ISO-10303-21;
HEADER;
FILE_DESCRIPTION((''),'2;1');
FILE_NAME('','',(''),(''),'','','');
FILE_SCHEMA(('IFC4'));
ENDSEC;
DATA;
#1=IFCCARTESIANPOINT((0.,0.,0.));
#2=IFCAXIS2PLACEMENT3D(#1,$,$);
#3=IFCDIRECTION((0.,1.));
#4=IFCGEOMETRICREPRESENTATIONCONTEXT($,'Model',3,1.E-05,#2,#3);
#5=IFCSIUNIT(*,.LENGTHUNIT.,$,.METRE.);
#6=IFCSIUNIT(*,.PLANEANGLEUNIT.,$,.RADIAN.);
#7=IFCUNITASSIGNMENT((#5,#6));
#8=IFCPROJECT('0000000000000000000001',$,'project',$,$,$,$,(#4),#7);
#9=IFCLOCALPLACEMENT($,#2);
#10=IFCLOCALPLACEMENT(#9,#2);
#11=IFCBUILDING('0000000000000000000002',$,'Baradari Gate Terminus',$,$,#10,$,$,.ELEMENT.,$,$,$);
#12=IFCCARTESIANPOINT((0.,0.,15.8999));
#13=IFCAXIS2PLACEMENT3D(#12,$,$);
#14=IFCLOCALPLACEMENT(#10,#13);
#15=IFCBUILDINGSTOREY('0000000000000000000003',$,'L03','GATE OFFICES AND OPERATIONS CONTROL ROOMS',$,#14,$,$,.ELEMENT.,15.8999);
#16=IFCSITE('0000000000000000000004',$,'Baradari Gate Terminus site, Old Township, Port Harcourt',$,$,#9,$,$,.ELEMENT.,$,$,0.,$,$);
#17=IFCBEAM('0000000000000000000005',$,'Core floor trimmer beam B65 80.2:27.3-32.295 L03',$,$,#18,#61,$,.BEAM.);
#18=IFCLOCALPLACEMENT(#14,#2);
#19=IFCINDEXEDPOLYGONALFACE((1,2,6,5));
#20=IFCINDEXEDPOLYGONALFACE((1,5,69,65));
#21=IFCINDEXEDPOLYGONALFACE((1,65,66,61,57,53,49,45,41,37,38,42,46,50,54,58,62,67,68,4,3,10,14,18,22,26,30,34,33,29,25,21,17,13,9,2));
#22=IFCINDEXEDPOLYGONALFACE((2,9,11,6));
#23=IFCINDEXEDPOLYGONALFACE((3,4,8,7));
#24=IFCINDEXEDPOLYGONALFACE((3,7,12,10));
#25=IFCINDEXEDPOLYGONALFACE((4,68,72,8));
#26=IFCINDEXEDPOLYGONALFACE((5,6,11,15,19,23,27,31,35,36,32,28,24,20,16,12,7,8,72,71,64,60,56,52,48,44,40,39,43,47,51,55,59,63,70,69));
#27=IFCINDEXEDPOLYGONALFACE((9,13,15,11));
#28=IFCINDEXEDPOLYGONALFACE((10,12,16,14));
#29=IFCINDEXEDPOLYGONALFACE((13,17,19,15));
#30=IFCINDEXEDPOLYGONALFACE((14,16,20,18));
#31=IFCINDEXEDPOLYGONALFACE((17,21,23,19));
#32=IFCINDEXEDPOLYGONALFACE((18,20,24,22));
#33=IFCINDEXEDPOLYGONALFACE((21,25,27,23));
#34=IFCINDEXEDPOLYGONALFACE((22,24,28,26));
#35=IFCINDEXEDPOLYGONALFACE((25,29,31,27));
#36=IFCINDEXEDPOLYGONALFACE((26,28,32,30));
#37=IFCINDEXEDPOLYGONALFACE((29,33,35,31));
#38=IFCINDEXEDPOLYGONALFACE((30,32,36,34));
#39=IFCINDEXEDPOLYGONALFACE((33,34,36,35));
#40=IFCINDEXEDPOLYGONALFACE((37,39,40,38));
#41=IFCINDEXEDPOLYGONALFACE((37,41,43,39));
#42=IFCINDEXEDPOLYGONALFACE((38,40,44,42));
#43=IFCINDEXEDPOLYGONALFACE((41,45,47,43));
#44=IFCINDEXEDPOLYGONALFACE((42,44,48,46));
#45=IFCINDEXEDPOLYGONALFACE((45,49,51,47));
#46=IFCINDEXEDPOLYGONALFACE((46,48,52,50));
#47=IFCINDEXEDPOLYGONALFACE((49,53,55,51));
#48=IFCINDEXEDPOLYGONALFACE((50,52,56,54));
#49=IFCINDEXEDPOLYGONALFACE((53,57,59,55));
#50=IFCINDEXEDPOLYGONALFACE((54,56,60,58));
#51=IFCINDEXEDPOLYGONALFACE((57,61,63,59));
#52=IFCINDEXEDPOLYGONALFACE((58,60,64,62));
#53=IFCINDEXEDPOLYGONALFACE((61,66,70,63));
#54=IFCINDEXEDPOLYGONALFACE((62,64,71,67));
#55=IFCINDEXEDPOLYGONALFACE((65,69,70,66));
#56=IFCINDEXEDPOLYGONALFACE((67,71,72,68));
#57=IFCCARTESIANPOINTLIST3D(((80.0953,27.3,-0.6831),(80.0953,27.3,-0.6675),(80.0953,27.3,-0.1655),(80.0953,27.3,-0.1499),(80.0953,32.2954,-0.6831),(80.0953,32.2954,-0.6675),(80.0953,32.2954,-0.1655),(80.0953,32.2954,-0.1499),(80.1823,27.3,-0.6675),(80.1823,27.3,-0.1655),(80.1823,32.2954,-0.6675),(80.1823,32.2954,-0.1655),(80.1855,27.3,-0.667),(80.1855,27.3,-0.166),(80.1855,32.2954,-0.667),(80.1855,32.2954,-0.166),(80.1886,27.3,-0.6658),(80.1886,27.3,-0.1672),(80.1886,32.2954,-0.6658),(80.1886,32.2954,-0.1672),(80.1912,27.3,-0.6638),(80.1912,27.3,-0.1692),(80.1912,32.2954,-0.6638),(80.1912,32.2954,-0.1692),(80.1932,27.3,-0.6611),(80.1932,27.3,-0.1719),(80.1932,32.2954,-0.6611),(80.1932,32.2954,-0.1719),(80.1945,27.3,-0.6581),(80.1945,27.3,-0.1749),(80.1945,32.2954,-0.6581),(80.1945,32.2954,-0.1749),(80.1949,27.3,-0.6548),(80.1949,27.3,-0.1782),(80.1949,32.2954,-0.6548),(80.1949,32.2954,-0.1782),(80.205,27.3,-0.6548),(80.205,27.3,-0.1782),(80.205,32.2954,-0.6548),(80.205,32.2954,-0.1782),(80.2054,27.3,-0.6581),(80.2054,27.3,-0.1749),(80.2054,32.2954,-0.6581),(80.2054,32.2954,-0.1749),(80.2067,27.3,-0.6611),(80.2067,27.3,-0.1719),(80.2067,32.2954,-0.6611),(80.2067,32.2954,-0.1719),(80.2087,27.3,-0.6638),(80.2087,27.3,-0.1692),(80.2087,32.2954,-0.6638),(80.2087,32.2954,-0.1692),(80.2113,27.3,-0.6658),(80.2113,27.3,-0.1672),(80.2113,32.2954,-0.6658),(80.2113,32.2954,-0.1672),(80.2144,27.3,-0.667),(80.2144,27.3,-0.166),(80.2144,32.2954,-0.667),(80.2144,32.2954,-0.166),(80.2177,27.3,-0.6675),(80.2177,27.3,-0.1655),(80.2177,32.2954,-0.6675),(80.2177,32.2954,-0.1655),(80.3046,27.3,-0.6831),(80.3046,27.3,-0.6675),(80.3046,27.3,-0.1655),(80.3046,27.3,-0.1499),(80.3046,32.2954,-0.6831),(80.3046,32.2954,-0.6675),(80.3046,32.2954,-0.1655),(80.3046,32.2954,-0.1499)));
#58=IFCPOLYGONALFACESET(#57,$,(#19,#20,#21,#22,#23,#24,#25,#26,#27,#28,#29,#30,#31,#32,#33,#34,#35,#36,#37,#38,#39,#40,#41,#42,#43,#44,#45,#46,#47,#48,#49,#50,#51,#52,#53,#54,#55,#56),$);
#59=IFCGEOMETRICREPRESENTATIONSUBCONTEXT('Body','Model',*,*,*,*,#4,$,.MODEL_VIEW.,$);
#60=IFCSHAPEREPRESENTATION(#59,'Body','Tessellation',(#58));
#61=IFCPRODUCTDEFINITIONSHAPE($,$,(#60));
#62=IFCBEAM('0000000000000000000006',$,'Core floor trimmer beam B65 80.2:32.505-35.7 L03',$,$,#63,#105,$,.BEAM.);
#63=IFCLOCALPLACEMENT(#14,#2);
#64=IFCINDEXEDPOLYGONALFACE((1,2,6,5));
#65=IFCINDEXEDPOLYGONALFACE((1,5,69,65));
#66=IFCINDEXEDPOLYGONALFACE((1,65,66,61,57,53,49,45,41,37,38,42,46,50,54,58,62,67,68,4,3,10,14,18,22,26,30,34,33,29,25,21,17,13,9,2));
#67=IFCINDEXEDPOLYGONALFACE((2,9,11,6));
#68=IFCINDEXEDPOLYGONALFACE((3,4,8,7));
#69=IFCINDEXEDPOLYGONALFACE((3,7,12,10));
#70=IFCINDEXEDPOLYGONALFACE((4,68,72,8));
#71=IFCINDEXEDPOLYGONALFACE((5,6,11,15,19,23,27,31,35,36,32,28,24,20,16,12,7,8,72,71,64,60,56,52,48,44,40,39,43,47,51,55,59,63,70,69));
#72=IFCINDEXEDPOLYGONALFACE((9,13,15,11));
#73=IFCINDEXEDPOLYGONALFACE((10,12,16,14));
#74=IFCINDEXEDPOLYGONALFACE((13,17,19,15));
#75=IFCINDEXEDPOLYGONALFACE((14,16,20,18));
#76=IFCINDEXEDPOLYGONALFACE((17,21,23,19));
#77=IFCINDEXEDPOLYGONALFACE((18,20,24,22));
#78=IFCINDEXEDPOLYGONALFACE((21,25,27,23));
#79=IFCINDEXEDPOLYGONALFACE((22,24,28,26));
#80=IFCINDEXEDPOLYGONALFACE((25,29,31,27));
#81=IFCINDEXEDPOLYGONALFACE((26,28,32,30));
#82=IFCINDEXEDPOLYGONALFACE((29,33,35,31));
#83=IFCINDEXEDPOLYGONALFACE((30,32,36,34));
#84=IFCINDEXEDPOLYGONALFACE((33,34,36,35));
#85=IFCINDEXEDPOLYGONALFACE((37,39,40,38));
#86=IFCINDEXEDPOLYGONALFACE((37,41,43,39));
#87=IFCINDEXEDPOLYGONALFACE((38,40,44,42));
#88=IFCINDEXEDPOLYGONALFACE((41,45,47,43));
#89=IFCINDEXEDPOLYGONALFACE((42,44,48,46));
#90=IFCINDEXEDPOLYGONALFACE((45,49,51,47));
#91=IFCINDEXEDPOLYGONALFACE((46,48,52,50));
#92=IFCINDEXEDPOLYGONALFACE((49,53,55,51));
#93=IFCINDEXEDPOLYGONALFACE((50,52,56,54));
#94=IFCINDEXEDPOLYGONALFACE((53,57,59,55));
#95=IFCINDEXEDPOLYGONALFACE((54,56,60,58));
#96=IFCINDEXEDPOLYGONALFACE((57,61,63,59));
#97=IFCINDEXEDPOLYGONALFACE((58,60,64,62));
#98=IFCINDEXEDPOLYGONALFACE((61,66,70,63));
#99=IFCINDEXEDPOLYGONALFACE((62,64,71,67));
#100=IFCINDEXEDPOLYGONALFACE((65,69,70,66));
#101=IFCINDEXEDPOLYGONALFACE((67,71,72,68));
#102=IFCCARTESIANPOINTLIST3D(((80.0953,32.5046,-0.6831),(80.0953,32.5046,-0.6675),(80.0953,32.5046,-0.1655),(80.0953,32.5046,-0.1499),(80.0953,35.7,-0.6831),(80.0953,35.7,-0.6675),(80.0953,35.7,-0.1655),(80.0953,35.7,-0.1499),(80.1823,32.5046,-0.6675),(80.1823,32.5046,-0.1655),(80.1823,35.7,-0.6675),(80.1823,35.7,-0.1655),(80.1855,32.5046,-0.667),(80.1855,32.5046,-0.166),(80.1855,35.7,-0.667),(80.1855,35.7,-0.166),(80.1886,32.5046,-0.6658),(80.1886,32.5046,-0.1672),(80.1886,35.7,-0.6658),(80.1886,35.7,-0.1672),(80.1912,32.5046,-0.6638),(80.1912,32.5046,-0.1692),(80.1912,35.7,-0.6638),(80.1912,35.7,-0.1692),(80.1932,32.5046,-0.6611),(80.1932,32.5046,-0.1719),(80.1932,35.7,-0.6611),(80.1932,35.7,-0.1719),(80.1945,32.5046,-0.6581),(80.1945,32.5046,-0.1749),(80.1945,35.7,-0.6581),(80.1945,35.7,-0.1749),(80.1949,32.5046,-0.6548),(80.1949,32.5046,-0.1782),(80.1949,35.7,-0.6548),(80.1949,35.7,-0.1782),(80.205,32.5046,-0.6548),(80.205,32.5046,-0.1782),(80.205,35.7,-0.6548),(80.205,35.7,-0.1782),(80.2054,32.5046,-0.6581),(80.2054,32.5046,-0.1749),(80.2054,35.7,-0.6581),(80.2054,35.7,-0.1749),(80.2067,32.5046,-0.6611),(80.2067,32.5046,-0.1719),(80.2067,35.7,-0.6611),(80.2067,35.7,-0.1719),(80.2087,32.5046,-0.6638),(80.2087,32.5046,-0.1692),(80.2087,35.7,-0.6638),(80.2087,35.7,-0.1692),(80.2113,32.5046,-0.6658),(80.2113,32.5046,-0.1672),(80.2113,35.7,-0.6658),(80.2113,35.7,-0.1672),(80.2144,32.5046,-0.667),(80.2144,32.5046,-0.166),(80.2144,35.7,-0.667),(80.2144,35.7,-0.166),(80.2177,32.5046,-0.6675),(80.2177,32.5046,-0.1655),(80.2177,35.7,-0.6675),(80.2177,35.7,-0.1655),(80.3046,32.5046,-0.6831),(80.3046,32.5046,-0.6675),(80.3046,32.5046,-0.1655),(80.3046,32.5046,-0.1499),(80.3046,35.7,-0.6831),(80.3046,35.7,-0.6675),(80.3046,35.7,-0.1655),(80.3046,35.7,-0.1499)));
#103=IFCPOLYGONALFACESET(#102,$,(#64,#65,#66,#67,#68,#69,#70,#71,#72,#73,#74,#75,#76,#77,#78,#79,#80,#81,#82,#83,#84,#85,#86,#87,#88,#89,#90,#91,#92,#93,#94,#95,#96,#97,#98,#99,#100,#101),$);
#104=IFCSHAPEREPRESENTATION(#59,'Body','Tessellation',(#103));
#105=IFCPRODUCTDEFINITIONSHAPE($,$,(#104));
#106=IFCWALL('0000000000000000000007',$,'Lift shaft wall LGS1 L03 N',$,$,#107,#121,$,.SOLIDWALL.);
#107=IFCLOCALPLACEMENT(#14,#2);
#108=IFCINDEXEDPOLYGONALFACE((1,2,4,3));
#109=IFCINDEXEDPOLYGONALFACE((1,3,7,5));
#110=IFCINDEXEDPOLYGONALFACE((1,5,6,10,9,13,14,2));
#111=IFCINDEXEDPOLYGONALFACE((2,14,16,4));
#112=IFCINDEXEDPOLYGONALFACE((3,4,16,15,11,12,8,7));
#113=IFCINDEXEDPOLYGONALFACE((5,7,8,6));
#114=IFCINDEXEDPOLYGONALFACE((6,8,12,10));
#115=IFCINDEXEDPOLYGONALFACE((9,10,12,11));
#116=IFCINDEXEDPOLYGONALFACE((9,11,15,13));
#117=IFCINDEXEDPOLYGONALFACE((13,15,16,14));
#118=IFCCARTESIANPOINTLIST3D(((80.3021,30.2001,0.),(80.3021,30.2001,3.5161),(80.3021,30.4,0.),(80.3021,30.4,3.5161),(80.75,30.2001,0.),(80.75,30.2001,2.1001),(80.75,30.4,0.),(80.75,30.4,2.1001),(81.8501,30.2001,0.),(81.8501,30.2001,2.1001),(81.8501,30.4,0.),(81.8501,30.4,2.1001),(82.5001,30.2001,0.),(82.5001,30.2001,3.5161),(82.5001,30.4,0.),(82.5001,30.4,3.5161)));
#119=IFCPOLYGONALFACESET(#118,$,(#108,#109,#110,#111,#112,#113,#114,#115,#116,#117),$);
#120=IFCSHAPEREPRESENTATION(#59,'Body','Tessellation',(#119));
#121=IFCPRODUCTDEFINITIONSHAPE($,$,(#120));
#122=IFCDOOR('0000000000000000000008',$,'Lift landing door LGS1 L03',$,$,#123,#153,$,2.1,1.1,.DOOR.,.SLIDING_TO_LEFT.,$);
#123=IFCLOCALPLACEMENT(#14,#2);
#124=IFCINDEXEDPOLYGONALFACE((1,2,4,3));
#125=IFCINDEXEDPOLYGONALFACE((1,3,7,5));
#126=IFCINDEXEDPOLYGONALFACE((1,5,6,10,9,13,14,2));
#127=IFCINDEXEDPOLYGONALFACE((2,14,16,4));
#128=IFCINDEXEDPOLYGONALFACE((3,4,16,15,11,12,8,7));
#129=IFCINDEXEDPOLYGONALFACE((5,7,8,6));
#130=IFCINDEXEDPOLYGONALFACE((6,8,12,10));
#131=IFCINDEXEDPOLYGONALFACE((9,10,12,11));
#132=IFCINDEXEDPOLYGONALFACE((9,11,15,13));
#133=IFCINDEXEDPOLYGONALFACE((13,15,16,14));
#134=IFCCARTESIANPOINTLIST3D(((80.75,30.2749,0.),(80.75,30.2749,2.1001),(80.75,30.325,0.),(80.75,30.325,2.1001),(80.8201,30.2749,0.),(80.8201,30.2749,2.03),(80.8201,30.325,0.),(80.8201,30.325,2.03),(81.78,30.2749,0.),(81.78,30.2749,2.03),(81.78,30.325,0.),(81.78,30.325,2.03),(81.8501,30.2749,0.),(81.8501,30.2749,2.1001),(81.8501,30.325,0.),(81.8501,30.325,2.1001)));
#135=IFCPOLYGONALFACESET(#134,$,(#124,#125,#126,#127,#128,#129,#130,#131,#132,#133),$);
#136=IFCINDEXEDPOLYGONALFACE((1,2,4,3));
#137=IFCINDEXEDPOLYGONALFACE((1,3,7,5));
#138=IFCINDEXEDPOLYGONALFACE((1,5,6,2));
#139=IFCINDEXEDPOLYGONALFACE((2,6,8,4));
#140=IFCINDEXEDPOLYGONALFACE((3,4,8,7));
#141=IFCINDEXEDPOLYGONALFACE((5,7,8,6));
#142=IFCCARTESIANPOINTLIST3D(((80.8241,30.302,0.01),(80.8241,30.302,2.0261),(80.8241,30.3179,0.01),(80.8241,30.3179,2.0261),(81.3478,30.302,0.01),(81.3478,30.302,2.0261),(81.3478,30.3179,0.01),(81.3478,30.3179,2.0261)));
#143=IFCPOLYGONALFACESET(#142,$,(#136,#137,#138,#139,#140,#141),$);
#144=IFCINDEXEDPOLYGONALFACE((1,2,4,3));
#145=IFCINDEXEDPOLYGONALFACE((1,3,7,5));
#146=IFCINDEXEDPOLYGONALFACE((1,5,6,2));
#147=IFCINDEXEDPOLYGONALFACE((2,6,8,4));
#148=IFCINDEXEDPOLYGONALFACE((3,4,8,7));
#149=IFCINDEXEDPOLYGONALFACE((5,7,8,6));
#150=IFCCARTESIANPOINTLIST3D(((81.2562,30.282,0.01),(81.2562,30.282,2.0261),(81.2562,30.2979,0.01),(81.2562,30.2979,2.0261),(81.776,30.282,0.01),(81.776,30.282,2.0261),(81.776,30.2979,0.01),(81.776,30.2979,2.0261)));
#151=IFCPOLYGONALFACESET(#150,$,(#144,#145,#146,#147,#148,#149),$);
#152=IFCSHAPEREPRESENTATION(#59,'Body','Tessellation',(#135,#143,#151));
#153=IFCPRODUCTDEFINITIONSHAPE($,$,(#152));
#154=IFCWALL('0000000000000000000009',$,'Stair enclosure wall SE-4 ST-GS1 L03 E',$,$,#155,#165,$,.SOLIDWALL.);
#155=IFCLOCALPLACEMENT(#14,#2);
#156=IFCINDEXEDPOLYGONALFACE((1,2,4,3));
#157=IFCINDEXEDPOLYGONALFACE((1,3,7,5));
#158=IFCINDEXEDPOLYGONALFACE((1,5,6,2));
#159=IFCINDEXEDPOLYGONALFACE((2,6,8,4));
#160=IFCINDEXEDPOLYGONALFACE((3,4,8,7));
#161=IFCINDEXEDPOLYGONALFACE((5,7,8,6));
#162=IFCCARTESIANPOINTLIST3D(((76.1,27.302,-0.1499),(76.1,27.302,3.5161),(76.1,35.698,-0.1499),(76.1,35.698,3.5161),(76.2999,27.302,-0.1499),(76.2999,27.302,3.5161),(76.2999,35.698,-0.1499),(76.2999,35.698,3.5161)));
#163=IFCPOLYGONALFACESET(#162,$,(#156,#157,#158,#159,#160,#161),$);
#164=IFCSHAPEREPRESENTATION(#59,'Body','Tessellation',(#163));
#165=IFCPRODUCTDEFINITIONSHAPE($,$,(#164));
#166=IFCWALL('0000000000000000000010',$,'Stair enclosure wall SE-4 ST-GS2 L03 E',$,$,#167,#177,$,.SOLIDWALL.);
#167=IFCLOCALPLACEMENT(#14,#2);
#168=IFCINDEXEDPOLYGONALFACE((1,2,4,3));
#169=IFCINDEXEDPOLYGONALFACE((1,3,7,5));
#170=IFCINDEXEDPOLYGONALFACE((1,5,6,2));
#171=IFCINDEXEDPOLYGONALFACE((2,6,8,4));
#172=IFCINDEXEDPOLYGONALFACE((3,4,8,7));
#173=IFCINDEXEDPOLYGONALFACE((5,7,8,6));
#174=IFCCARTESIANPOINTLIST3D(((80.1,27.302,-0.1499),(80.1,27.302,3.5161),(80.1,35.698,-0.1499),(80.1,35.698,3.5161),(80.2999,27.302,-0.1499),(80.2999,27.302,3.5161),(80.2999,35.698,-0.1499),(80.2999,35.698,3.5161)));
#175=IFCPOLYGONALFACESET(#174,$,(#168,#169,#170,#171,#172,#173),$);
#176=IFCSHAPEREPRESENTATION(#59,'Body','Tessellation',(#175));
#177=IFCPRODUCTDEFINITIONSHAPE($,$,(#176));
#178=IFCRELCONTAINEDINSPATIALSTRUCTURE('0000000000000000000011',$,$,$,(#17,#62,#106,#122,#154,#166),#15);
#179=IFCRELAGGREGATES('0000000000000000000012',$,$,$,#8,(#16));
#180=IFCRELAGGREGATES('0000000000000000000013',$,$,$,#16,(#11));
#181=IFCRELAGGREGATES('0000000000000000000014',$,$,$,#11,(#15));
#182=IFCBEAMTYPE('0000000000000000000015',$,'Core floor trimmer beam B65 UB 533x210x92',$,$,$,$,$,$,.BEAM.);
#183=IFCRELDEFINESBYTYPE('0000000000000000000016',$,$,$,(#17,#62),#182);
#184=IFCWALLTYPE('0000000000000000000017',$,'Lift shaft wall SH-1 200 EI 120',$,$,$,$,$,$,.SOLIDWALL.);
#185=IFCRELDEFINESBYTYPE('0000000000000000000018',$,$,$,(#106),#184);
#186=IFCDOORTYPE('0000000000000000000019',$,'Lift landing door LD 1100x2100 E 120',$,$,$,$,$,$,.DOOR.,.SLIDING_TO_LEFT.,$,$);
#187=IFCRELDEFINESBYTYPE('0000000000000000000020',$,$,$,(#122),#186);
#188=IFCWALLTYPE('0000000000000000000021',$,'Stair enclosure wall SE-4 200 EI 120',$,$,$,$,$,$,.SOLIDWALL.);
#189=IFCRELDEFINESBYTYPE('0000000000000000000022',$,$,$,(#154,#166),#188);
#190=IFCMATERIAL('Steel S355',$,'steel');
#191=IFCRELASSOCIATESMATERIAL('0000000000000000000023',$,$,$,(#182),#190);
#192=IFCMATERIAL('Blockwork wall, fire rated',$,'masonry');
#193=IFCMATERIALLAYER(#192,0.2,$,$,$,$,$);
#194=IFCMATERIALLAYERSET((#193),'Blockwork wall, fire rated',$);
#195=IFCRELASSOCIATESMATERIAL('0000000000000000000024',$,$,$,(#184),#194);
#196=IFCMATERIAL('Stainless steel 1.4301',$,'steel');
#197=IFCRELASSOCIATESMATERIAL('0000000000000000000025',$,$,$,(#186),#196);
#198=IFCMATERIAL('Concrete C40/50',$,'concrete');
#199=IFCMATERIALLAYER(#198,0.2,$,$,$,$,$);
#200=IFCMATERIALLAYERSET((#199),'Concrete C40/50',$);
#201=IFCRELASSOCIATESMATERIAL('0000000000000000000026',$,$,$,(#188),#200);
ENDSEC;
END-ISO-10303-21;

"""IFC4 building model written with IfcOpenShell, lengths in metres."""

from ifc_helpers import new_model, si_unit, direction, frame, frame_2d, origin, origin_2d, place, context, subcontext, project, spatial, polyline, rectangle, i_section, outline, extrude, material, layer, layer_set, material_profile, profile_set, type_object, element, fill, save


model = new_model("IFC4")

# Units and contexts
model_context = context("Model", 3, precision=1e-05, world=origin(), true_north=direction((0.0, 1.0)))
body_context = subcontext(model_context, "Body", "Model", "MODEL_VIEW")
ifc_project = project(units=[si_unit("LENGTHUNIT", "METRE"), si_unit("PLANEANGLEUNIT", "RADIAN")], contexts=[model_context])

# Site, building, storey
site_placement = place(None, origin())
site = spatial("IfcSite", under=ifc_project, at=site_placement, Name="Baradari Gate Terminus site, Old Township, Port Harcourt", CompositionType="ELEMENT", RefElevation=0.0)
building_placement = place(site_placement, origin())
building = spatial("IfcBuilding", under=site, at=building_placement, Name="Baradari Gate Terminus", CompositionType="ELEMENT")
storey_placement = place(building_placement, frame((0.0, 0.0, 15.8999)))
storey = spatial("IfcBuildingStorey", under=building, at=storey_placement, Name="L03", Description="GATE OFFICES AND OPERATIONS CONTROL ROOMS", CompositionType="ELEMENT", Elevation=15.8999)

# Beams
ifc_material_1 = material(Name="Steel S355", Category="steel")
ifc_material_profile_1 = material_profile(ifc_material_1, i_section(OverallWidth=0.2092, OverallDepth=0.5332, WebThickness=0.01, FlangeThickness=0.0156, FilletRadius=0.0127, at=origin_2d()), Name="UB 533x210x92")
ifc_profile_set_1 = profile_set([ifc_material_profile_1], Name="Steel S355")
beam_type_1 = type_object("IfcBeamType", Name="Core floor trimmer beam B65 UB 533x210x92", PredefinedType="BEAM", material=ifc_profile_set_1)
beam_1_placement = place(storey_placement, frame((80.2, 27.3, -0.4165), z_axis=(0.0, 1.0, 0.0), x_axis=(-1.0, 0.0, 0.0)))
element("IfcBeam", 1, at=beam_1_placement, inside=storey, type_object=beam_type_1, Name="Core floor trimmer beam B65 80.2:27.3-32.295 L03", PredefinedType="BEAM", context=body_context, shape_type="SweptSolid", body=[
    extrude(i_section(OverallWidth=0.2092, OverallDepth=0.5332, WebThickness=0.01, FlangeThickness=0.0156, FilletRadius=0.0127, at=origin_2d()), origin(), (0.0, 0.0, 1.0), 4.9954),
])
beam_2_placement = place(storey_placement, frame((80.2, 32.5046, -0.4165), z_axis=(0.0, 1.0, 0.0), x_axis=(-1.0, 0.0, 0.0)))
element("IfcBeam", 2, at=beam_2_placement, inside=storey, type_object=beam_type_1, Name="Core floor trimmer beam B65 80.2:32.505-35.7 L03", PredefinedType="BEAM", context=body_context, shape_type="SweptSolid", body=[
    extrude(i_section(OverallWidth=0.2092, OverallDepth=0.5332, WebThickness=0.01, FlangeThickness=0.0156, FilletRadius=0.0127, at=origin_2d()), origin(), (0.0, 0.0, 1.0), 3.1953),
])

# Wall, opening, door
ifc_material_2 = material(Name="Blockwork wall, fire rated", Category="masonry")
ifc_layer_1 = layer(ifc_material_2, 0.2)
ifc_layer_set_1 = layer_set([ifc_layer_1], Name="Blockwork wall, fire rated")
wall_type_1 = type_object("IfcWallType", Name="Lift shaft wall SH-1 200 EI 120", PredefinedType="SOLIDWALL", material=ifc_layer_set_1)
wall_placement = place(storey_placement, frame((80.302, 30.3, 0.0), z_axis=(0.0, 0.0, 1.0), x_axis=(1.0, 0.0, 0.0)))
wall = element("IfcWall", 3, at=wall_placement, inside=storey, type_object=wall_type_1, Name="Lift shaft wall LGS1 L03 N", PredefinedType="SOLIDWALL", context=body_context, shape_type="SweptSolid", body=[
    extrude(rectangle(XDim=2.198, YDim=0.2, at=frame_2d((1.0991, 0.0))), origin(), (0.0, 0.0, 1.0), 3.5161),
])
opening_placement = place(wall_placement, frame((0.448, 0.0, 0.0)))
opening = element("IfcOpeningElement", 4, at=opening_placement, cuts=wall, PredefinedType="OPENING", context=body_context, shape_type="SweptSolid", body=[
    extrude(rectangle(XDim=1.1001, YDim=2.1001, at=frame_2d((0.55, 1.05))), frame((0.0, 0.1099, 0.0), z_axis=(0.0, -1.0, 0.0), x_axis=(1.0, 0.0, 0.0)), (0.0, 0.0, 1.0), 0.22),
])
ifc_material_3 = material(Name="Stainless steel 1.4301", Category="steel")
door_type = type_object("IfcDoorType", Name="Lift landing door LD 1100x2100 E 120", OperationType="SLIDING_TO_LEFT", PredefinedType="DOOR", material=ifc_material_3)
door_placement = place(opening_placement, origin())
door = element("IfcDoor", 5, at=door_placement, inside=storey, type_object=door_type, Name="Lift landing door LGS1 L03", OperationType="SLIDING_TO_LEFT", OverallHeight=2.1, OverallWidth=1.1, PredefinedType="DOOR", context=body_context, shape_type="SweptSolid", body=[
    extrude(outline(polyline([(0.0, 0.0), (0.0701, 0.0), (0.0701, 2.03), (1.03, 2.03), (1.03, 0.0), (1.1001, 0.0), (1.1001, 2.1001), (0.0, 2.1001), (0.0, 0.0)])), frame((0.0, 0.0249, 0.0), z_axis=(0.0, -1.0, 0.0), x_axis=(1.0, 0.0, 0.0)), (0.0, 0.0, 1.0), 0.05),
    extrude(rectangle(XDim=0.5237, YDim=2.0161, at=frame_2d((0.3359, 1.0181))), frame((0.0, 0.0178, 0.0), z_axis=(0.0, -1.0, 0.0), x_axis=(1.0, 0.0, 0.0)), (0.0, 0.0, 1.0), 0.0159),
    extrude(rectangle(XDim=0.5198, YDim=2.0161, at=frame_2d((0.7661, 1.0181))), frame((0.0, -0.0022, 0.0), z_axis=(0.0, -1.0, 0.0), x_axis=(1.0, 0.0, 0.0)), (0.0, 0.0, 1.0), 0.0159),
])
fill(opening, door)

# Walls
ifc_material_4 = material(Name="Concrete C40/50", Category="concrete")
ifc_layer_2 = layer(ifc_material_4, 0.2)
ifc_layer_set_2 = layer_set([ifc_layer_2], Name="Concrete C40/50")
wall_type_2 = type_object("IfcWallType", Name="Stair enclosure wall SE-4 200 EI 120", PredefinedType="SOLIDWALL", material=ifc_layer_set_2)
for number, where, z_axis, x_axis, name in (
    (6, (76.2, 27.302, -0.1499), (0.0, 0.0, 1.0), (0.0, 1.0, 0.0), "Stair enclosure wall SE-4 ST-GS1 L03 E"),
    (7, (80.2, 27.302, -0.1499), (0.0, 0.0, 1.0), (0.0, 1.0, 0.0), "Stair enclosure wall SE-4 ST-GS2 L03 E"),
):
    element("IfcWall", number, at=place(storey_placement, frame(where, z_axis=z_axis, x_axis=x_axis)), inside=storey, type_object=wall_type_2, Name=name, PredefinedType="SOLIDWALL", context=body_context, shape_type="SweptSolid", body=[
        extrude(rectangle(XDim=8.396, YDim=0.2, at=frame_2d((4.198, 0.0))), origin(), (0.0, 0.0, 1.0), 3.666),
    ])

save(model, "model.ifc")
